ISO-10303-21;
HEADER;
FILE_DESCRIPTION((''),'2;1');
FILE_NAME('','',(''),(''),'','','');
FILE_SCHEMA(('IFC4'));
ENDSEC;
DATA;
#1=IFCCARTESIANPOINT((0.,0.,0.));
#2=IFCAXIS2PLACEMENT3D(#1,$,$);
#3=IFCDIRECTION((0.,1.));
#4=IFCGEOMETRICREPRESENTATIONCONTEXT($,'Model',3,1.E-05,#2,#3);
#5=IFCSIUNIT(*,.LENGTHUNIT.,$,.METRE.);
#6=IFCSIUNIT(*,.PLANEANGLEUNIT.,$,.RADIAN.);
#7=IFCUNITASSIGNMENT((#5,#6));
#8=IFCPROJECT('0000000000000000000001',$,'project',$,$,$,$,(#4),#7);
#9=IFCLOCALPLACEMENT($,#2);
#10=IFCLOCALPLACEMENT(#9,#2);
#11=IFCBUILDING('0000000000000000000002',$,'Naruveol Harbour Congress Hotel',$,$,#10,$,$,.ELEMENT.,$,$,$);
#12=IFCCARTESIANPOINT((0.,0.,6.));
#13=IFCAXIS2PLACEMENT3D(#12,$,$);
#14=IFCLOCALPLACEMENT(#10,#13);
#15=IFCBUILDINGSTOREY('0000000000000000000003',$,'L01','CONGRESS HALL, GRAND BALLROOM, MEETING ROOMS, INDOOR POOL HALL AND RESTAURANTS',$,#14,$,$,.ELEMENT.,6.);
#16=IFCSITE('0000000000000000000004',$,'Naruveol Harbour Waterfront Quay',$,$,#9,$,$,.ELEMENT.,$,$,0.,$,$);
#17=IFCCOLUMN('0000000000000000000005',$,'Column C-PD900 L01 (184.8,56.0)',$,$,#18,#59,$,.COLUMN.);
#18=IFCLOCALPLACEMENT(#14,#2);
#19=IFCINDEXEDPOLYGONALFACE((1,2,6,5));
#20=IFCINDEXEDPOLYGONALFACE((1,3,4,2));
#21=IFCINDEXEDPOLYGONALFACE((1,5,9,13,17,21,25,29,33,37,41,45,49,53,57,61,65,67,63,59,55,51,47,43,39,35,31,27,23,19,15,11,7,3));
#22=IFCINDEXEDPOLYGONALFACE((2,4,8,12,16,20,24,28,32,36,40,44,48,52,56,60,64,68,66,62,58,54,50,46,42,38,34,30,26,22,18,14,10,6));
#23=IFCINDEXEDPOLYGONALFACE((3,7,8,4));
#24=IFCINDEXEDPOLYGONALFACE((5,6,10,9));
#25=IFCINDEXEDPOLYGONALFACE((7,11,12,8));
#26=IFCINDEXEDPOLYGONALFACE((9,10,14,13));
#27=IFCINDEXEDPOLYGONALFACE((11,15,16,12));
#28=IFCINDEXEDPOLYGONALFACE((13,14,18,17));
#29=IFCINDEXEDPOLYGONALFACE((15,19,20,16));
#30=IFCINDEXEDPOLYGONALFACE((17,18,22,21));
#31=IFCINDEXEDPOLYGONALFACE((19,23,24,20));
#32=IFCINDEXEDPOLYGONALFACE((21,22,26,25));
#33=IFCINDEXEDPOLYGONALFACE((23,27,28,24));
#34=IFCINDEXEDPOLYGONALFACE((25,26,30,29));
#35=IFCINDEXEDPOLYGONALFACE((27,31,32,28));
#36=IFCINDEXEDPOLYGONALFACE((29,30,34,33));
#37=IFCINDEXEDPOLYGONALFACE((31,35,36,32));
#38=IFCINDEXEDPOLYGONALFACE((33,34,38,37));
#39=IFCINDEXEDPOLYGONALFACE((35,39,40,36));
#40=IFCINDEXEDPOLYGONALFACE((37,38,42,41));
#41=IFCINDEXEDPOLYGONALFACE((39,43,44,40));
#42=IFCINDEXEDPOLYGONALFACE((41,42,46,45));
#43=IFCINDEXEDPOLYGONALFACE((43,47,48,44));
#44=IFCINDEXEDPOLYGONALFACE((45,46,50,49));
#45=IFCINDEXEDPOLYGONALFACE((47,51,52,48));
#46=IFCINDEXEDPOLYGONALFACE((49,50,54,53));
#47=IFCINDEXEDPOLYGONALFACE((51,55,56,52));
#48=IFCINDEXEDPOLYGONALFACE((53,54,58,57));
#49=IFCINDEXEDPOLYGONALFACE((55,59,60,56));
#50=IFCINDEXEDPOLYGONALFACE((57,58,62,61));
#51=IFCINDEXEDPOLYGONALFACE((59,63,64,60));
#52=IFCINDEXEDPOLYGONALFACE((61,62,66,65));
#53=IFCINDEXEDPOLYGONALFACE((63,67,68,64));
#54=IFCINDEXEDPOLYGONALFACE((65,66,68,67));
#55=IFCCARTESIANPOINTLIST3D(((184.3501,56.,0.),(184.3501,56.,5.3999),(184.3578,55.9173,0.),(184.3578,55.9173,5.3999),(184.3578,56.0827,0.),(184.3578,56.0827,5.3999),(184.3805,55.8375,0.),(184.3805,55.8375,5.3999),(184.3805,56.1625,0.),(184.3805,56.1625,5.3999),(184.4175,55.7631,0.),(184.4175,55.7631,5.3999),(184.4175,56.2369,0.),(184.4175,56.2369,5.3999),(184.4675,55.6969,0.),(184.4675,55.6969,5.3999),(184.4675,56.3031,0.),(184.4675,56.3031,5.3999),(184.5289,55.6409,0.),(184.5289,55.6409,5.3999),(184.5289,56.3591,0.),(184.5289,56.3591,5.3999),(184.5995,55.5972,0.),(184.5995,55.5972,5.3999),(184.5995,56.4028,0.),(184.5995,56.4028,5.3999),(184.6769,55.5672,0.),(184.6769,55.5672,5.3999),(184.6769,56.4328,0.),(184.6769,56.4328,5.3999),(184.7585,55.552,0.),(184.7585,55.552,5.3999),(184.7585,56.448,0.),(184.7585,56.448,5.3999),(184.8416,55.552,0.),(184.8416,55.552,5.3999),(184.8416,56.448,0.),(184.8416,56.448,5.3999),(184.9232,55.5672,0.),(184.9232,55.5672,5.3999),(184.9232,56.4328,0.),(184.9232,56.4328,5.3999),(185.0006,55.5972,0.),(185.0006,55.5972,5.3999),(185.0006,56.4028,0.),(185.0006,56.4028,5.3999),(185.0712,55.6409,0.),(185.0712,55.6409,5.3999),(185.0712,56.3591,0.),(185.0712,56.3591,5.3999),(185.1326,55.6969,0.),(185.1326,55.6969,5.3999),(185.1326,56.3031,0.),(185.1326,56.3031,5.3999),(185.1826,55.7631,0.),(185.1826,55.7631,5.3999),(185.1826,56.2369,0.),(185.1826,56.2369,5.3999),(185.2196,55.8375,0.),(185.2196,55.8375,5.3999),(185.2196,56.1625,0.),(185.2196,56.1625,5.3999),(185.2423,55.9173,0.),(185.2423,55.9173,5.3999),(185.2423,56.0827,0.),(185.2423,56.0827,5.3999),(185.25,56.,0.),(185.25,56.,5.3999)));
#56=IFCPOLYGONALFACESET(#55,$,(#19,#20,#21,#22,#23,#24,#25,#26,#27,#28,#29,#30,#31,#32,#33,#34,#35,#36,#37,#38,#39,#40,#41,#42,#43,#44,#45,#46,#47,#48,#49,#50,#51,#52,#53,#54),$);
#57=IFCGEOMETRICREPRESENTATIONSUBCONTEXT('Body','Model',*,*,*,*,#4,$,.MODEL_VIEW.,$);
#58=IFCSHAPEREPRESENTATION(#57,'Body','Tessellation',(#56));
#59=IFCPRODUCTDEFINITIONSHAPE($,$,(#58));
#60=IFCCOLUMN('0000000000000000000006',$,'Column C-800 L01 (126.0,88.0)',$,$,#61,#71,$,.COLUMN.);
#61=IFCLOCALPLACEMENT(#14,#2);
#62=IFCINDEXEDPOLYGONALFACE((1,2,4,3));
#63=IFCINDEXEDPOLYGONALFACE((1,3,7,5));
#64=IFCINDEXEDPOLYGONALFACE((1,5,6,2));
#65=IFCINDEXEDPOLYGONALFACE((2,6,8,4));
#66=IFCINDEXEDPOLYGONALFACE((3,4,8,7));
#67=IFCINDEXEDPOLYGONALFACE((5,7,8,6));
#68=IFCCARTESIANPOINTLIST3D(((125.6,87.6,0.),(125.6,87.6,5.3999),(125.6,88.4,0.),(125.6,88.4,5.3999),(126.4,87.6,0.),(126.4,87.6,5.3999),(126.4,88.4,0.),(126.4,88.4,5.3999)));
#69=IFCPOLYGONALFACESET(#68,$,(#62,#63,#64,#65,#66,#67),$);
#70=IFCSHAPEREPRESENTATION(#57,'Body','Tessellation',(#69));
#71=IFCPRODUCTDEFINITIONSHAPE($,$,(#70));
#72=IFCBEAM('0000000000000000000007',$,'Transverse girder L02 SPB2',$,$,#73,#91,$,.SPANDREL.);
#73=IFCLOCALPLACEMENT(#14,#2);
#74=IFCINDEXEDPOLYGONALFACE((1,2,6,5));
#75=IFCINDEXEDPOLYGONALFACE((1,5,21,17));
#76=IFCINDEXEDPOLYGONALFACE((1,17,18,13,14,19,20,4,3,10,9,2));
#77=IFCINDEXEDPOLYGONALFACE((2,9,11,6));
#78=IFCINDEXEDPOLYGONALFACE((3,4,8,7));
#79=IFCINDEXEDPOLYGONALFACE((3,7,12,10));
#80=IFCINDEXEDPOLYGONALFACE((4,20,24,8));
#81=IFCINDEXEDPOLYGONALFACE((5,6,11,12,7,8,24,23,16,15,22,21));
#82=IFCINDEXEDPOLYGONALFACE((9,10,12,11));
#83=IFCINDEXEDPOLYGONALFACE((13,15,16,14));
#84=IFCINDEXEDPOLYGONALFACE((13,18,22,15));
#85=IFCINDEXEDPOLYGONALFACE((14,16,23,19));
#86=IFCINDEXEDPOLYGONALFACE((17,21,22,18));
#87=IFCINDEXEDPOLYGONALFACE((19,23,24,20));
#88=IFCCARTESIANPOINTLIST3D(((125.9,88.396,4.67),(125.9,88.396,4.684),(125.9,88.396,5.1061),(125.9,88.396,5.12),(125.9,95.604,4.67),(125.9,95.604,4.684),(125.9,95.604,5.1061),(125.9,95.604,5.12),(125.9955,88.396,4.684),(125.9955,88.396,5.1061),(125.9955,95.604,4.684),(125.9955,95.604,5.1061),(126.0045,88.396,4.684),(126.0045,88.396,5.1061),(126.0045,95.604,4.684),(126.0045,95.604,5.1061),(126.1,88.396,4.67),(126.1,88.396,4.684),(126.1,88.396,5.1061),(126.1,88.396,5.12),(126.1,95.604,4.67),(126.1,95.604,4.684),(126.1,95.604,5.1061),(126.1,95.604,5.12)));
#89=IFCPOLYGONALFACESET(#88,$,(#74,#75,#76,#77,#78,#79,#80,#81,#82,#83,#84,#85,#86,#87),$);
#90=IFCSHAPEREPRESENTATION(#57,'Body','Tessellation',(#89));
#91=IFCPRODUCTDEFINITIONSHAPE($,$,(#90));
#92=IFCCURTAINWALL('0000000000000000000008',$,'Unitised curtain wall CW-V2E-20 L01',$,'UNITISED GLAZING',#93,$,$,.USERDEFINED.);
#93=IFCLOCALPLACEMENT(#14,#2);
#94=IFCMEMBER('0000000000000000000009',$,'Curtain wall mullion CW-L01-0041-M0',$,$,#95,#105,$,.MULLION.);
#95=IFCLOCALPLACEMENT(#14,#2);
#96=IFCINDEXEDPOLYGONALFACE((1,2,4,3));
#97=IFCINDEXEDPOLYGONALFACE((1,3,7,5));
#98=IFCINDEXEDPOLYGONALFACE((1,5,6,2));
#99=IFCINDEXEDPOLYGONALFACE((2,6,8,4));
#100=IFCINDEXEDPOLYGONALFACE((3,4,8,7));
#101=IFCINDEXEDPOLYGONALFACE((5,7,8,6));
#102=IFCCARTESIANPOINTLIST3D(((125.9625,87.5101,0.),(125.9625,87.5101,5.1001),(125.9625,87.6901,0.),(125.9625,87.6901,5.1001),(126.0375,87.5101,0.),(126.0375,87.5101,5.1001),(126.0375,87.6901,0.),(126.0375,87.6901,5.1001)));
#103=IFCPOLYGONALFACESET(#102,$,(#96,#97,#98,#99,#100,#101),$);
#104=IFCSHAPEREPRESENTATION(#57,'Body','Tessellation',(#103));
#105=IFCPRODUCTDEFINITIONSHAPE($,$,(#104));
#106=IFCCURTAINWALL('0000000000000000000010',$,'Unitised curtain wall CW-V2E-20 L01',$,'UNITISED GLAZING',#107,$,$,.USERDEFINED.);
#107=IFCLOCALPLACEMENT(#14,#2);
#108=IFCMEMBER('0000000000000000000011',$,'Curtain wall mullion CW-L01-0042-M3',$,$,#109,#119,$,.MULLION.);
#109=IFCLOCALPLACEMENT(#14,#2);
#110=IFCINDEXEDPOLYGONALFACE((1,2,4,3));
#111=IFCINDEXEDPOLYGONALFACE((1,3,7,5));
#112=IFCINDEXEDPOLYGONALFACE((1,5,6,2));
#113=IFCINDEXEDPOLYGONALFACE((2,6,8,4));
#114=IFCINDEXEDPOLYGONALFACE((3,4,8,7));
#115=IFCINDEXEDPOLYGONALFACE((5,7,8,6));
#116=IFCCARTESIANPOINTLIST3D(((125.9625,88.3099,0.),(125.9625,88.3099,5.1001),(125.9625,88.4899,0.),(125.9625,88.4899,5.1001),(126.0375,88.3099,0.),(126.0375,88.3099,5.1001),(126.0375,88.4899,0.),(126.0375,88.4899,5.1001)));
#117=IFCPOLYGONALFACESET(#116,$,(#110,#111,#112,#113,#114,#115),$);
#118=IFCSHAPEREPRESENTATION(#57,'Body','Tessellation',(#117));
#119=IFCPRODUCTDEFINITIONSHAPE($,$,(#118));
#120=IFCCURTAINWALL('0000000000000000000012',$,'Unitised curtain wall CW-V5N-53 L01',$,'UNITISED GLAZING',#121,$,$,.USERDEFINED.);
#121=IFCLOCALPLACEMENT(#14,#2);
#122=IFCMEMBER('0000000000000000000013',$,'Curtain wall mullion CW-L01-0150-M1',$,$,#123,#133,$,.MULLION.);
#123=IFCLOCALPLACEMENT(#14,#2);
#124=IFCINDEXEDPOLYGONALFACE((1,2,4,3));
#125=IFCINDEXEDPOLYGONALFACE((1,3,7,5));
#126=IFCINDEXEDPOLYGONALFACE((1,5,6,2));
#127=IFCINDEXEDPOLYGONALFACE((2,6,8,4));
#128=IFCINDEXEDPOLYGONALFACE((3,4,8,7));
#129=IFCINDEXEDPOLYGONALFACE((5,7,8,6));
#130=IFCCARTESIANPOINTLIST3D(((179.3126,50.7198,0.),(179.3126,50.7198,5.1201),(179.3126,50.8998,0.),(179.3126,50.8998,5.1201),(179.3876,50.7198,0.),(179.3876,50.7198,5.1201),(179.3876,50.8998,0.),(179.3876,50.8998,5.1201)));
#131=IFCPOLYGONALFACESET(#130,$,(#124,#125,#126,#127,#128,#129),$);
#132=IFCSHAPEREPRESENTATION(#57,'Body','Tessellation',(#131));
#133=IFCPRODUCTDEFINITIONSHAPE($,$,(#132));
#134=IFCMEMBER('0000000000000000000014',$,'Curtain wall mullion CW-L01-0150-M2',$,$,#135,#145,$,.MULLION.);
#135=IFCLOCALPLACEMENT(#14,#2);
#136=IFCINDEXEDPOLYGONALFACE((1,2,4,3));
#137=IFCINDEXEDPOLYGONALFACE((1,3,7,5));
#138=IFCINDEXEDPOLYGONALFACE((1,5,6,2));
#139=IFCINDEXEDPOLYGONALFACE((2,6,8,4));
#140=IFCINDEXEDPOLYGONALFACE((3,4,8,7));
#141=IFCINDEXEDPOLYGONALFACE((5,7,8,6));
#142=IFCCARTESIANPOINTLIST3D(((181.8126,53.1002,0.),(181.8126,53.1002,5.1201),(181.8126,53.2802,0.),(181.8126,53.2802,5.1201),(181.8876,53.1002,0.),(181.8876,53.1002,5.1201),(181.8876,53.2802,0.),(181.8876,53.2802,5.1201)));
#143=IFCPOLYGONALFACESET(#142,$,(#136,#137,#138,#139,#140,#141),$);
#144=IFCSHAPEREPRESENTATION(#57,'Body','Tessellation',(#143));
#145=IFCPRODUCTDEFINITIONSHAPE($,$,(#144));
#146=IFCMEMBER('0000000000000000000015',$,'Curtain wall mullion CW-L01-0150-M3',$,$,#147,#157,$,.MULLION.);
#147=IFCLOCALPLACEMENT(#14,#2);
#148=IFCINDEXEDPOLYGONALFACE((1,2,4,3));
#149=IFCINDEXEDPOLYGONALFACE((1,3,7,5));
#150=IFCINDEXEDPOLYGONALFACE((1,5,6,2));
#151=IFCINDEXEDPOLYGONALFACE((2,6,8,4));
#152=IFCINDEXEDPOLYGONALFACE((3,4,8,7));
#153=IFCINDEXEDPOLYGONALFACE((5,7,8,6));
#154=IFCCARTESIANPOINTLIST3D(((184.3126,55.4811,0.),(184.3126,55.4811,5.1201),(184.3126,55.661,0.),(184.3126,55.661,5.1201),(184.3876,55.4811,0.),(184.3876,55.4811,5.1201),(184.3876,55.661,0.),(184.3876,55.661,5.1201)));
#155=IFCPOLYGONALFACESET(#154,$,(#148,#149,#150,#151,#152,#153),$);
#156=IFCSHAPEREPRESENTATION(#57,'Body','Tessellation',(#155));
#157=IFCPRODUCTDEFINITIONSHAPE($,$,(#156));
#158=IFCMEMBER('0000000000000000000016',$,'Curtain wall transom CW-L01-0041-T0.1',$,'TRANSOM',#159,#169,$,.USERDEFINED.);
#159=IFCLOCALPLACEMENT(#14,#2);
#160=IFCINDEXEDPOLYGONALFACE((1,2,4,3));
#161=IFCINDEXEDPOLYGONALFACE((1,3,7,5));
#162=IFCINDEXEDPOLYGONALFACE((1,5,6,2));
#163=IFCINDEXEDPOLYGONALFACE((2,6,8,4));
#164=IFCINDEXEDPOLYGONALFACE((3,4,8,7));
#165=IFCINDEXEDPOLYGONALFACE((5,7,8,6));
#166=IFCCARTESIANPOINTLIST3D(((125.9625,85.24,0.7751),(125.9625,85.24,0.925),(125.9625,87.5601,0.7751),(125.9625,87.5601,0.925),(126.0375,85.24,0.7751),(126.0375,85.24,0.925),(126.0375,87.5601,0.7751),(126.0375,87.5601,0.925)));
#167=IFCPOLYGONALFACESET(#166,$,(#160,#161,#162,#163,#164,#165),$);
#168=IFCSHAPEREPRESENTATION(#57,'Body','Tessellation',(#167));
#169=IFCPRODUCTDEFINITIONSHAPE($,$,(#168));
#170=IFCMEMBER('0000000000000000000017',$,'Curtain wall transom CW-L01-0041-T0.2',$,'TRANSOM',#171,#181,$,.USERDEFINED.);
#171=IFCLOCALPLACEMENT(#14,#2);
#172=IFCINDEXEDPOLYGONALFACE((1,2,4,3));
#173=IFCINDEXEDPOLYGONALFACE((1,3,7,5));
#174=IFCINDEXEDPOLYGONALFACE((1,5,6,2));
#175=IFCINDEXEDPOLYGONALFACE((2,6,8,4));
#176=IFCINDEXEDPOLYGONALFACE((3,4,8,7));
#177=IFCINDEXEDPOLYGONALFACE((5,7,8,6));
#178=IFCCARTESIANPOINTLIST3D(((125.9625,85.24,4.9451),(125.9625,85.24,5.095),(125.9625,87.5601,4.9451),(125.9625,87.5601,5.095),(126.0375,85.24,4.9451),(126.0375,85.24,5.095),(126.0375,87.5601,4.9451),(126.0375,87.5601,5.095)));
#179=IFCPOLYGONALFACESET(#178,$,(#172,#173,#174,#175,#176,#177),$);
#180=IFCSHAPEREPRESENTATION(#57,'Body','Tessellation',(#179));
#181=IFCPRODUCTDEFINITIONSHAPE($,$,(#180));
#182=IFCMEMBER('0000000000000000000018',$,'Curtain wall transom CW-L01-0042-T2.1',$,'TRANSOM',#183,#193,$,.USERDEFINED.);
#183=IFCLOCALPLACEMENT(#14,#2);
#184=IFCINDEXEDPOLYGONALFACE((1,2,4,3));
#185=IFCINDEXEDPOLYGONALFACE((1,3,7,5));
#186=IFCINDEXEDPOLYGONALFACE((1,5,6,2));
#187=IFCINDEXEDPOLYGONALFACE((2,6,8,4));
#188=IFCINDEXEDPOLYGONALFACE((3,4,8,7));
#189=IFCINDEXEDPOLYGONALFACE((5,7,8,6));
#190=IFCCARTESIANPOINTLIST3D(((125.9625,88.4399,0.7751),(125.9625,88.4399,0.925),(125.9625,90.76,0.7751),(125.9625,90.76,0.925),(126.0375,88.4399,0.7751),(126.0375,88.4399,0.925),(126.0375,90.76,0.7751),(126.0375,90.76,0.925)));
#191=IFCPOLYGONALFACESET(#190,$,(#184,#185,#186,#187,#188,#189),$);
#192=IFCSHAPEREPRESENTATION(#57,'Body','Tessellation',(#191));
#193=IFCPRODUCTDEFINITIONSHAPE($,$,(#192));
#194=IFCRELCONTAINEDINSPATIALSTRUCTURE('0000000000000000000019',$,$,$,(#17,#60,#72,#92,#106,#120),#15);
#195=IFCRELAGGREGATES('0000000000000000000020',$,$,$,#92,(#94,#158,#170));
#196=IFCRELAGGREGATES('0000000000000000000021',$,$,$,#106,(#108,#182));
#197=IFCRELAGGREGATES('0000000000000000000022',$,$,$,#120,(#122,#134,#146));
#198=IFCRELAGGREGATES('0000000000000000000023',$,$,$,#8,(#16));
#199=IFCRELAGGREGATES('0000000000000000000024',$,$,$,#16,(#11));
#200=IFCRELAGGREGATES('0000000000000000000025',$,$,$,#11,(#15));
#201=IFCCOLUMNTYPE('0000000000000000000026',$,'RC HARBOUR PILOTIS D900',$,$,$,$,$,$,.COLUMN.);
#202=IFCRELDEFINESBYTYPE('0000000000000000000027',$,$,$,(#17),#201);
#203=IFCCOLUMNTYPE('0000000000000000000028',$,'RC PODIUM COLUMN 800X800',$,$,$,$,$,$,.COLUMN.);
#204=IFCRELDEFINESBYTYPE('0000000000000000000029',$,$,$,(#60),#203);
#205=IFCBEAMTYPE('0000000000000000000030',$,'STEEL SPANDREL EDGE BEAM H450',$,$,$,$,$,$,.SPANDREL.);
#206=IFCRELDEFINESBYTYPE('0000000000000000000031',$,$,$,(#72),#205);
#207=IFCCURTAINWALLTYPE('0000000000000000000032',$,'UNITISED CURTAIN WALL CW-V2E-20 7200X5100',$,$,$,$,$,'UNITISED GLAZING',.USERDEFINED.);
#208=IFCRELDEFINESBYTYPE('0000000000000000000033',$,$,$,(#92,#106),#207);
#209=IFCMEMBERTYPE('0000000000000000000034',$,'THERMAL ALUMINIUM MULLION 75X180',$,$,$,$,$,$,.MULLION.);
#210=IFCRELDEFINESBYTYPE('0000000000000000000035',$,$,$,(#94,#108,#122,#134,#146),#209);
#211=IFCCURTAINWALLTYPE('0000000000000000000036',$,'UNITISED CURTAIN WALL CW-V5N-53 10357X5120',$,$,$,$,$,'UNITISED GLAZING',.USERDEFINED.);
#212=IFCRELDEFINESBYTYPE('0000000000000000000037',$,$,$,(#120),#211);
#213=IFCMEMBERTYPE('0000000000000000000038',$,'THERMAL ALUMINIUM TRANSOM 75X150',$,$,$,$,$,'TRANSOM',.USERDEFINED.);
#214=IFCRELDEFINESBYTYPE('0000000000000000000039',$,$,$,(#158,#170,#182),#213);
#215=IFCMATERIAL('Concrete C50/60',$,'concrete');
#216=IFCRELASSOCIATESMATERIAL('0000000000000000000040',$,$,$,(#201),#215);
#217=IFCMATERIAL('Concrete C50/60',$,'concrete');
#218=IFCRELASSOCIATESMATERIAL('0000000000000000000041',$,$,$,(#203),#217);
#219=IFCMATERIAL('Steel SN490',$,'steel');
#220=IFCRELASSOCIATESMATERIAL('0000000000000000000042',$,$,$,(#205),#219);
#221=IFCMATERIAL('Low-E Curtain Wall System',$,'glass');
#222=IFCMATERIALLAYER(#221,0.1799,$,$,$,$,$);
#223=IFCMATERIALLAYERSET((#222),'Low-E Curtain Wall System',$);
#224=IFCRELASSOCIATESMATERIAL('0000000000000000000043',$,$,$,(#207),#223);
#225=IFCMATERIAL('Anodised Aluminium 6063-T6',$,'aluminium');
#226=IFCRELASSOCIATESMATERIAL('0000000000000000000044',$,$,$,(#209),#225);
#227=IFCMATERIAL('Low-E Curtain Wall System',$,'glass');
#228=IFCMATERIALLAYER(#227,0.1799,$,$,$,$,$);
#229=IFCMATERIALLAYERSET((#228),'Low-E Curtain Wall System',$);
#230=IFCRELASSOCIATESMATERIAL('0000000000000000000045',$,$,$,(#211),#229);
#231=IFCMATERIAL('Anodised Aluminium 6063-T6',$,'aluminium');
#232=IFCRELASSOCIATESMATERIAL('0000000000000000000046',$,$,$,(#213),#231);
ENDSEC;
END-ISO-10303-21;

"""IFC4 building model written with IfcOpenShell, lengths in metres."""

from ifc_helpers import new_model, si_unit, direction, frame, origin, origin_2d, place, context, subcontext, project, spatial, rectangle, circle, i_section, extrude, material, layer, layer_set, material_profile, profile_set, type_object, element, aggregate, save


model = new_model("IFC4")

# Units and contexts
model_context = context("Model", 3, precision=1e-05, world=origin(), true_north=direction((0.0, 1.0)))
body_context = subcontext(model_context, "Body", "Model", "MODEL_VIEW")
ifc_project = project(units=[si_unit("LENGTHUNIT", "METRE"), si_unit("PLANEANGLEUNIT", "RADIAN")], contexts=[model_context])

# Site, building, storey
site_placement = place(None, origin())
site = spatial("IfcSite", under=ifc_project, at=site_placement, Name="Naruveol Harbour Waterfront Quay", CompositionType="ELEMENT", RefElevation=0.0)
building_placement = place(site_placement, origin())
building = spatial("IfcBuilding", under=site, at=building_placement, Name="Naruveol Harbour Congress Hotel", CompositionType="ELEMENT")
storey_placement = place(building_placement, frame((0.0, 0.0, 6.0)))
storey = spatial("IfcBuildingStorey", under=building, at=storey_placement, Name="L01", Description="CONGRESS HALL, GRAND BALLROOM, MEETING ROOMS, INDOOR POOL HALL AND RESTAURANTS", CompositionType="ELEMENT", Elevation=6.0)

# Columns
ifc_material_1 = material(Name="Concrete C50/60", Category="concrete")
ifc_material_profile_1 = material_profile(ifc_material_1, circle(Radius=0.45, at=origin_2d()), Name="RC-D900")
ifc_profile_set_1 = profile_set([ifc_material_profile_1], Name="Concrete C50/60")
column_type_1 = type_object("IfcColumnType", Name="RC HARBOUR PILOTIS D900", PredefinedType="COLUMN", material=ifc_profile_set_1)
column_1_placement = place(storey_placement, frame((184.8, 56.0, 0.0), z_axis=(0.0, 0.0, 1.0), x_axis=(1.0, 0.0, 0.0)))
element("IfcColumn", 1, at=column_1_placement, inside=storey, type_object=column_type_1, Name="Column C-PD900 L01 (184.8,56.0)", PredefinedType="COLUMN", context=body_context, shape_type="SweptSolid", body=[
    extrude(circle(Radius=0.45, at=origin_2d()), origin(), (0.0, 0.0, 1.0), 5.3999),
])
ifc_material_2 = material(Name="Concrete C50/60", Category="concrete")
ifc_material_profile_2 = material_profile(ifc_material_2, rectangle(XDim=0.8, YDim=0.8, at=origin_2d()), Name="RC-800x800")
ifc_profile_set_2 = profile_set([ifc_material_profile_2], Name="Concrete C50/60")
column_type_2 = type_object("IfcColumnType", Name="RC PODIUM COLUMN 800X800", PredefinedType="COLUMN", material=ifc_profile_set_2)
column_2_placement = place(storey_placement, frame((126.0, 88.0, 0.0), z_axis=(0.0, 0.0, 1.0), x_axis=(1.0, 0.0, 0.0)))
element("IfcColumn", 2, at=column_2_placement, inside=storey, type_object=column_type_2, Name="Column C-800 L01 (126.0,88.0)", PredefinedType="COLUMN", context=body_context, shape_type="SweptSolid", body=[
    extrude(rectangle(XDim=0.8, YDim=0.8, at=origin_2d()), origin(), (0.0, 0.0, 1.0), 5.3999),
])

# Beam
ifc_material_3 = material(Name="Steel SN490", Category="steel")
ifc_material_profile_3 = material_profile(ifc_material_3, i_section(OverallWidth=0.2, OverallDepth=0.45, WebThickness=0.009, FlangeThickness=0.0139, at=origin_2d()), Name="H-450x200x9x14")
ifc_profile_set_3 = profile_set([ifc_material_profile_3], Name="Steel SN490")
beam_type = type_object("IfcBeamType", Name="STEEL SPANDREL EDGE BEAM H450", PredefinedType="SPANDREL", material=ifc_profile_set_3)
beam_placement = place(storey_placement, frame((126.0, 88.396, 4.895), z_axis=(0.0, 1.0, 0.0), x_axis=(-1.0, 0.0, 0.0)))
element("IfcBeam", 3, at=beam_placement, inside=storey, type_object=beam_type, Name="Transverse girder L02 SPB2", PredefinedType="SPANDREL", context=body_context, shape_type="SweptSolid", body=[
    extrude(i_section(OverallWidth=0.2, OverallDepth=0.45, WebThickness=0.009, FlangeThickness=0.0139, at=origin_2d()), origin(), (0.0, 0.0, 1.0), 7.208),
])

# Curtain walls, members
ifc_material_4 = material(Name="Low-E Curtain Wall System", Category="glass")
ifc_layer_1 = layer(ifc_material_4, 0.1799)
ifc_layer_set_1 = layer_set([ifc_layer_1], Name="Low-E Curtain Wall System")
curtain_wall_type_1 = type_object("IfcCurtainWallType", Name="UNITISED CURTAIN WALL CW-V2E-20 7200X5100", ElementType="UNITISED GLAZING", PredefinedType="USERDEFINED", material=ifc_layer_set_1)
curtain_wall_1_placement = place(storey_placement, origin())
curtain_wall_1 = element("IfcCurtainWall", 4, at=curtain_wall_1_placement, inside=storey, type_object=curtain_wall_type_1, Name="Unitised curtain wall CW-V2E-20 L01", ObjectType="UNITISED GLAZING", PredefinedType="USERDEFINED")
ifc_material_5 = material(Name="Anodised Aluminium 6063-T6", Category="aluminium")
ifc_material_profile_4 = material_profile(ifc_material_5, rectangle(XDim=0.075, YDim=0.1799, at=origin_2d()), Name="ALU-75x180")
ifc_profile_set_4 = profile_set([ifc_material_profile_4], Name="Anodised Aluminium 6063-T6")
member_type_1 = type_object("IfcMemberType", Name="THERMAL ALUMINIUM MULLION 75X180", PredefinedType="MULLION", material=ifc_profile_set_4)
member_1_placement = place(storey_placement, frame((126.0, 87.6001, 0.0), z_axis=(0.0, 0.0, 1.0), x_axis=(1.0, 0.0, 0.0)))
member_1 = element("IfcMember", 5, at=member_1_placement, type_object=member_type_1, Name="Curtain wall mullion CW-L01-0041-M0", PredefinedType="MULLION", context=body_context, shape_type="SweptSolid", body=[
    extrude(rectangle(XDim=0.075, YDim=0.1799, at=origin_2d()), origin(), (0.0, 0.0, 1.0), 5.1001),
])
curtain_wall_2_placement = place(storey_placement, origin())
curtain_wall_2 = element("IfcCurtainWall", 6, at=curtain_wall_2_placement, inside=storey, type_object=curtain_wall_type_1, Name="Unitised curtain wall CW-V2E-20 L01", ObjectType="UNITISED GLAZING", PredefinedType="USERDEFINED")
member_2_placement = place(storey_placement, frame((126.0, 88.3999, 0.0), z_axis=(0.0, 0.0, 1.0), x_axis=(1.0, 0.0, 0.0)))
member_2 = element("IfcMember", 7, at=member_2_placement, type_object=member_type_1, Name="Curtain wall mullion CW-L01-0042-M3", PredefinedType="MULLION", context=body_context, shape_type="SweptSolid", body=[
    extrude(rectangle(XDim=0.075, YDim=0.1799, at=origin_2d()), origin(), (0.0, 0.0, 1.0), 5.1001),
])

# Curtain wall, members
ifc_material_6 = material(Name="Low-E Curtain Wall System", Category="glass")
ifc_layer_2 = layer(ifc_material_6, 0.1799)
ifc_layer_set_2 = layer_set([ifc_layer_2], Name="Low-E Curtain Wall System")
curtain_wall_type_2 = type_object("IfcCurtainWallType", Name="UNITISED CURTAIN WALL CW-V5N-53 10357X5120", ElementType="UNITISED GLAZING", PredefinedType="USERDEFINED", material=ifc_layer_set_2)
curtain_wall_3_placement = place(storey_placement, origin())
curtain_wall_3 = element("IfcCurtainWall", 8, at=curtain_wall_3_placement, inside=storey, type_object=curtain_wall_type_2, Name="Unitised curtain wall CW-V5N-53 L01", ObjectType="UNITISED GLAZING", PredefinedType="USERDEFINED")
member_3_placement = place(storey_placement, frame((179.3501, 50.8098, 0.0), z_axis=(0.0, 0.0, 1.0), x_axis=(1.0, 0.0, 0.0)))
member_3 = element("IfcMember", 9, at=member_3_placement, type_object=member_type_1, Name="Curtain wall mullion CW-L01-0150-M1", PredefinedType="MULLION", context=body_context, shape_type="SweptSolid", body=[
    extrude(rectangle(XDim=0.075, YDim=0.1799, at=origin_2d()), origin(), (0.0, 0.0, 1.0), 5.1201),
])
member_4_placement = place(storey_placement, frame((181.8501, 53.1902, 0.0), z_axis=(0.0, 0.0, 1.0), x_axis=(1.0, 0.0, 0.0)))
member_4 = element("IfcMember", 10, at=member_4_placement, type_object=member_type_1, Name="Curtain wall mullion CW-L01-0150-M2", PredefinedType="MULLION", context=body_context, shape_type="SweptSolid", body=[
    extrude(rectangle(XDim=0.075, YDim=0.1799, at=origin_2d()), origin(), (0.0, 0.0, 1.0), 5.1201),
])
member_5_placement = place(storey_placement, frame((184.3501, 55.571, 0.0), z_axis=(0.0, 0.0, 1.0), x_axis=(1.0, 0.0, 0.0)))
member_5 = element("IfcMember", 11, at=member_5_placement, type_object=member_type_1, Name="Curtain wall mullion CW-L01-0150-M3", PredefinedType="MULLION", context=body_context, shape_type="SweptSolid", body=[
    extrude(rectangle(XDim=0.075, YDim=0.1799, at=origin_2d()), origin(), (0.0, 0.0, 1.0), 5.1201),
])

# Members
ifc_material_7 = material(Name="Anodised Aluminium 6063-T6", Category="aluminium")
ifc_material_profile_5 = material_profile(ifc_material_7, rectangle(XDim=0.075, YDim=0.1499, at=origin_2d()), Name="ALU-75x150")
ifc_profile_set_5 = profile_set([ifc_material_profile_5], Name="Anodised Aluminium 6063-T6")
member_type_2 = type_object("IfcMemberType", Name="THERMAL ALUMINIUM TRANSOM 75X150", ElementType="TRANSOM", PredefinedType="USERDEFINED", material=ifc_profile_set_5)
member_6_placement = place(storey_placement, frame((126.0, 87.5601, 0.8501), z_axis=(0.0, -1.0, 0.0), x_axis=(1.0, 0.0, 0.0)))
member_6 = element("IfcMember", 12, at=member_6_placement, type_object=member_type_2, Name="Curtain wall transom CW-L01-0041-T0.1", ObjectType="TRANSOM", PredefinedType="USERDEFINED", context=body_context, shape_type="SweptSolid", body=[
    extrude(rectangle(XDim=0.075, YDim=0.1499, at=origin_2d()), origin(), (0.0, 0.0, 1.0), 2.3201),
])
member_7_placement = place(storey_placement, frame((126.0, 87.5601, 5.02), z_axis=(0.0, -1.0, 0.0), x_axis=(1.0, 0.0, 0.0)))
member_7 = element("IfcMember", 13, at=member_7_placement, type_object=member_type_2, Name="Curtain wall transom CW-L01-0041-T0.2", ObjectType="TRANSOM", PredefinedType="USERDEFINED", context=body_context, shape_type="SweptSolid", body=[
    extrude(rectangle(XDim=0.075, YDim=0.1499, at=origin_2d()), origin(), (0.0, 0.0, 1.0), 2.3201),
])
member_8_placement = place(storey_placement, frame((126.0, 90.76, 0.8501), z_axis=(0.0, -1.0, 0.0), x_axis=(1.0, 0.0, 0.0)))
member_8 = element("IfcMember", 14, at=member_8_placement, type_object=member_type_2, Name="Curtain wall transom CW-L01-0042-T2.1", ObjectType="TRANSOM", PredefinedType="USERDEFINED", context=body_context, shape_type="SweptSolid", body=[
    extrude(rectangle(XDim=0.075, YDim=0.1499, at=origin_2d()), origin(), (0.0, 0.0, 1.0), 2.3201),
])

aggregate(curtain_wall_1, [member_1, member_6, member_7])
aggregate(curtain_wall_2, [member_2, member_8])
aggregate(curtain_wall_3, [member_3, member_4, member_5])

save(model, "model.ifc")
